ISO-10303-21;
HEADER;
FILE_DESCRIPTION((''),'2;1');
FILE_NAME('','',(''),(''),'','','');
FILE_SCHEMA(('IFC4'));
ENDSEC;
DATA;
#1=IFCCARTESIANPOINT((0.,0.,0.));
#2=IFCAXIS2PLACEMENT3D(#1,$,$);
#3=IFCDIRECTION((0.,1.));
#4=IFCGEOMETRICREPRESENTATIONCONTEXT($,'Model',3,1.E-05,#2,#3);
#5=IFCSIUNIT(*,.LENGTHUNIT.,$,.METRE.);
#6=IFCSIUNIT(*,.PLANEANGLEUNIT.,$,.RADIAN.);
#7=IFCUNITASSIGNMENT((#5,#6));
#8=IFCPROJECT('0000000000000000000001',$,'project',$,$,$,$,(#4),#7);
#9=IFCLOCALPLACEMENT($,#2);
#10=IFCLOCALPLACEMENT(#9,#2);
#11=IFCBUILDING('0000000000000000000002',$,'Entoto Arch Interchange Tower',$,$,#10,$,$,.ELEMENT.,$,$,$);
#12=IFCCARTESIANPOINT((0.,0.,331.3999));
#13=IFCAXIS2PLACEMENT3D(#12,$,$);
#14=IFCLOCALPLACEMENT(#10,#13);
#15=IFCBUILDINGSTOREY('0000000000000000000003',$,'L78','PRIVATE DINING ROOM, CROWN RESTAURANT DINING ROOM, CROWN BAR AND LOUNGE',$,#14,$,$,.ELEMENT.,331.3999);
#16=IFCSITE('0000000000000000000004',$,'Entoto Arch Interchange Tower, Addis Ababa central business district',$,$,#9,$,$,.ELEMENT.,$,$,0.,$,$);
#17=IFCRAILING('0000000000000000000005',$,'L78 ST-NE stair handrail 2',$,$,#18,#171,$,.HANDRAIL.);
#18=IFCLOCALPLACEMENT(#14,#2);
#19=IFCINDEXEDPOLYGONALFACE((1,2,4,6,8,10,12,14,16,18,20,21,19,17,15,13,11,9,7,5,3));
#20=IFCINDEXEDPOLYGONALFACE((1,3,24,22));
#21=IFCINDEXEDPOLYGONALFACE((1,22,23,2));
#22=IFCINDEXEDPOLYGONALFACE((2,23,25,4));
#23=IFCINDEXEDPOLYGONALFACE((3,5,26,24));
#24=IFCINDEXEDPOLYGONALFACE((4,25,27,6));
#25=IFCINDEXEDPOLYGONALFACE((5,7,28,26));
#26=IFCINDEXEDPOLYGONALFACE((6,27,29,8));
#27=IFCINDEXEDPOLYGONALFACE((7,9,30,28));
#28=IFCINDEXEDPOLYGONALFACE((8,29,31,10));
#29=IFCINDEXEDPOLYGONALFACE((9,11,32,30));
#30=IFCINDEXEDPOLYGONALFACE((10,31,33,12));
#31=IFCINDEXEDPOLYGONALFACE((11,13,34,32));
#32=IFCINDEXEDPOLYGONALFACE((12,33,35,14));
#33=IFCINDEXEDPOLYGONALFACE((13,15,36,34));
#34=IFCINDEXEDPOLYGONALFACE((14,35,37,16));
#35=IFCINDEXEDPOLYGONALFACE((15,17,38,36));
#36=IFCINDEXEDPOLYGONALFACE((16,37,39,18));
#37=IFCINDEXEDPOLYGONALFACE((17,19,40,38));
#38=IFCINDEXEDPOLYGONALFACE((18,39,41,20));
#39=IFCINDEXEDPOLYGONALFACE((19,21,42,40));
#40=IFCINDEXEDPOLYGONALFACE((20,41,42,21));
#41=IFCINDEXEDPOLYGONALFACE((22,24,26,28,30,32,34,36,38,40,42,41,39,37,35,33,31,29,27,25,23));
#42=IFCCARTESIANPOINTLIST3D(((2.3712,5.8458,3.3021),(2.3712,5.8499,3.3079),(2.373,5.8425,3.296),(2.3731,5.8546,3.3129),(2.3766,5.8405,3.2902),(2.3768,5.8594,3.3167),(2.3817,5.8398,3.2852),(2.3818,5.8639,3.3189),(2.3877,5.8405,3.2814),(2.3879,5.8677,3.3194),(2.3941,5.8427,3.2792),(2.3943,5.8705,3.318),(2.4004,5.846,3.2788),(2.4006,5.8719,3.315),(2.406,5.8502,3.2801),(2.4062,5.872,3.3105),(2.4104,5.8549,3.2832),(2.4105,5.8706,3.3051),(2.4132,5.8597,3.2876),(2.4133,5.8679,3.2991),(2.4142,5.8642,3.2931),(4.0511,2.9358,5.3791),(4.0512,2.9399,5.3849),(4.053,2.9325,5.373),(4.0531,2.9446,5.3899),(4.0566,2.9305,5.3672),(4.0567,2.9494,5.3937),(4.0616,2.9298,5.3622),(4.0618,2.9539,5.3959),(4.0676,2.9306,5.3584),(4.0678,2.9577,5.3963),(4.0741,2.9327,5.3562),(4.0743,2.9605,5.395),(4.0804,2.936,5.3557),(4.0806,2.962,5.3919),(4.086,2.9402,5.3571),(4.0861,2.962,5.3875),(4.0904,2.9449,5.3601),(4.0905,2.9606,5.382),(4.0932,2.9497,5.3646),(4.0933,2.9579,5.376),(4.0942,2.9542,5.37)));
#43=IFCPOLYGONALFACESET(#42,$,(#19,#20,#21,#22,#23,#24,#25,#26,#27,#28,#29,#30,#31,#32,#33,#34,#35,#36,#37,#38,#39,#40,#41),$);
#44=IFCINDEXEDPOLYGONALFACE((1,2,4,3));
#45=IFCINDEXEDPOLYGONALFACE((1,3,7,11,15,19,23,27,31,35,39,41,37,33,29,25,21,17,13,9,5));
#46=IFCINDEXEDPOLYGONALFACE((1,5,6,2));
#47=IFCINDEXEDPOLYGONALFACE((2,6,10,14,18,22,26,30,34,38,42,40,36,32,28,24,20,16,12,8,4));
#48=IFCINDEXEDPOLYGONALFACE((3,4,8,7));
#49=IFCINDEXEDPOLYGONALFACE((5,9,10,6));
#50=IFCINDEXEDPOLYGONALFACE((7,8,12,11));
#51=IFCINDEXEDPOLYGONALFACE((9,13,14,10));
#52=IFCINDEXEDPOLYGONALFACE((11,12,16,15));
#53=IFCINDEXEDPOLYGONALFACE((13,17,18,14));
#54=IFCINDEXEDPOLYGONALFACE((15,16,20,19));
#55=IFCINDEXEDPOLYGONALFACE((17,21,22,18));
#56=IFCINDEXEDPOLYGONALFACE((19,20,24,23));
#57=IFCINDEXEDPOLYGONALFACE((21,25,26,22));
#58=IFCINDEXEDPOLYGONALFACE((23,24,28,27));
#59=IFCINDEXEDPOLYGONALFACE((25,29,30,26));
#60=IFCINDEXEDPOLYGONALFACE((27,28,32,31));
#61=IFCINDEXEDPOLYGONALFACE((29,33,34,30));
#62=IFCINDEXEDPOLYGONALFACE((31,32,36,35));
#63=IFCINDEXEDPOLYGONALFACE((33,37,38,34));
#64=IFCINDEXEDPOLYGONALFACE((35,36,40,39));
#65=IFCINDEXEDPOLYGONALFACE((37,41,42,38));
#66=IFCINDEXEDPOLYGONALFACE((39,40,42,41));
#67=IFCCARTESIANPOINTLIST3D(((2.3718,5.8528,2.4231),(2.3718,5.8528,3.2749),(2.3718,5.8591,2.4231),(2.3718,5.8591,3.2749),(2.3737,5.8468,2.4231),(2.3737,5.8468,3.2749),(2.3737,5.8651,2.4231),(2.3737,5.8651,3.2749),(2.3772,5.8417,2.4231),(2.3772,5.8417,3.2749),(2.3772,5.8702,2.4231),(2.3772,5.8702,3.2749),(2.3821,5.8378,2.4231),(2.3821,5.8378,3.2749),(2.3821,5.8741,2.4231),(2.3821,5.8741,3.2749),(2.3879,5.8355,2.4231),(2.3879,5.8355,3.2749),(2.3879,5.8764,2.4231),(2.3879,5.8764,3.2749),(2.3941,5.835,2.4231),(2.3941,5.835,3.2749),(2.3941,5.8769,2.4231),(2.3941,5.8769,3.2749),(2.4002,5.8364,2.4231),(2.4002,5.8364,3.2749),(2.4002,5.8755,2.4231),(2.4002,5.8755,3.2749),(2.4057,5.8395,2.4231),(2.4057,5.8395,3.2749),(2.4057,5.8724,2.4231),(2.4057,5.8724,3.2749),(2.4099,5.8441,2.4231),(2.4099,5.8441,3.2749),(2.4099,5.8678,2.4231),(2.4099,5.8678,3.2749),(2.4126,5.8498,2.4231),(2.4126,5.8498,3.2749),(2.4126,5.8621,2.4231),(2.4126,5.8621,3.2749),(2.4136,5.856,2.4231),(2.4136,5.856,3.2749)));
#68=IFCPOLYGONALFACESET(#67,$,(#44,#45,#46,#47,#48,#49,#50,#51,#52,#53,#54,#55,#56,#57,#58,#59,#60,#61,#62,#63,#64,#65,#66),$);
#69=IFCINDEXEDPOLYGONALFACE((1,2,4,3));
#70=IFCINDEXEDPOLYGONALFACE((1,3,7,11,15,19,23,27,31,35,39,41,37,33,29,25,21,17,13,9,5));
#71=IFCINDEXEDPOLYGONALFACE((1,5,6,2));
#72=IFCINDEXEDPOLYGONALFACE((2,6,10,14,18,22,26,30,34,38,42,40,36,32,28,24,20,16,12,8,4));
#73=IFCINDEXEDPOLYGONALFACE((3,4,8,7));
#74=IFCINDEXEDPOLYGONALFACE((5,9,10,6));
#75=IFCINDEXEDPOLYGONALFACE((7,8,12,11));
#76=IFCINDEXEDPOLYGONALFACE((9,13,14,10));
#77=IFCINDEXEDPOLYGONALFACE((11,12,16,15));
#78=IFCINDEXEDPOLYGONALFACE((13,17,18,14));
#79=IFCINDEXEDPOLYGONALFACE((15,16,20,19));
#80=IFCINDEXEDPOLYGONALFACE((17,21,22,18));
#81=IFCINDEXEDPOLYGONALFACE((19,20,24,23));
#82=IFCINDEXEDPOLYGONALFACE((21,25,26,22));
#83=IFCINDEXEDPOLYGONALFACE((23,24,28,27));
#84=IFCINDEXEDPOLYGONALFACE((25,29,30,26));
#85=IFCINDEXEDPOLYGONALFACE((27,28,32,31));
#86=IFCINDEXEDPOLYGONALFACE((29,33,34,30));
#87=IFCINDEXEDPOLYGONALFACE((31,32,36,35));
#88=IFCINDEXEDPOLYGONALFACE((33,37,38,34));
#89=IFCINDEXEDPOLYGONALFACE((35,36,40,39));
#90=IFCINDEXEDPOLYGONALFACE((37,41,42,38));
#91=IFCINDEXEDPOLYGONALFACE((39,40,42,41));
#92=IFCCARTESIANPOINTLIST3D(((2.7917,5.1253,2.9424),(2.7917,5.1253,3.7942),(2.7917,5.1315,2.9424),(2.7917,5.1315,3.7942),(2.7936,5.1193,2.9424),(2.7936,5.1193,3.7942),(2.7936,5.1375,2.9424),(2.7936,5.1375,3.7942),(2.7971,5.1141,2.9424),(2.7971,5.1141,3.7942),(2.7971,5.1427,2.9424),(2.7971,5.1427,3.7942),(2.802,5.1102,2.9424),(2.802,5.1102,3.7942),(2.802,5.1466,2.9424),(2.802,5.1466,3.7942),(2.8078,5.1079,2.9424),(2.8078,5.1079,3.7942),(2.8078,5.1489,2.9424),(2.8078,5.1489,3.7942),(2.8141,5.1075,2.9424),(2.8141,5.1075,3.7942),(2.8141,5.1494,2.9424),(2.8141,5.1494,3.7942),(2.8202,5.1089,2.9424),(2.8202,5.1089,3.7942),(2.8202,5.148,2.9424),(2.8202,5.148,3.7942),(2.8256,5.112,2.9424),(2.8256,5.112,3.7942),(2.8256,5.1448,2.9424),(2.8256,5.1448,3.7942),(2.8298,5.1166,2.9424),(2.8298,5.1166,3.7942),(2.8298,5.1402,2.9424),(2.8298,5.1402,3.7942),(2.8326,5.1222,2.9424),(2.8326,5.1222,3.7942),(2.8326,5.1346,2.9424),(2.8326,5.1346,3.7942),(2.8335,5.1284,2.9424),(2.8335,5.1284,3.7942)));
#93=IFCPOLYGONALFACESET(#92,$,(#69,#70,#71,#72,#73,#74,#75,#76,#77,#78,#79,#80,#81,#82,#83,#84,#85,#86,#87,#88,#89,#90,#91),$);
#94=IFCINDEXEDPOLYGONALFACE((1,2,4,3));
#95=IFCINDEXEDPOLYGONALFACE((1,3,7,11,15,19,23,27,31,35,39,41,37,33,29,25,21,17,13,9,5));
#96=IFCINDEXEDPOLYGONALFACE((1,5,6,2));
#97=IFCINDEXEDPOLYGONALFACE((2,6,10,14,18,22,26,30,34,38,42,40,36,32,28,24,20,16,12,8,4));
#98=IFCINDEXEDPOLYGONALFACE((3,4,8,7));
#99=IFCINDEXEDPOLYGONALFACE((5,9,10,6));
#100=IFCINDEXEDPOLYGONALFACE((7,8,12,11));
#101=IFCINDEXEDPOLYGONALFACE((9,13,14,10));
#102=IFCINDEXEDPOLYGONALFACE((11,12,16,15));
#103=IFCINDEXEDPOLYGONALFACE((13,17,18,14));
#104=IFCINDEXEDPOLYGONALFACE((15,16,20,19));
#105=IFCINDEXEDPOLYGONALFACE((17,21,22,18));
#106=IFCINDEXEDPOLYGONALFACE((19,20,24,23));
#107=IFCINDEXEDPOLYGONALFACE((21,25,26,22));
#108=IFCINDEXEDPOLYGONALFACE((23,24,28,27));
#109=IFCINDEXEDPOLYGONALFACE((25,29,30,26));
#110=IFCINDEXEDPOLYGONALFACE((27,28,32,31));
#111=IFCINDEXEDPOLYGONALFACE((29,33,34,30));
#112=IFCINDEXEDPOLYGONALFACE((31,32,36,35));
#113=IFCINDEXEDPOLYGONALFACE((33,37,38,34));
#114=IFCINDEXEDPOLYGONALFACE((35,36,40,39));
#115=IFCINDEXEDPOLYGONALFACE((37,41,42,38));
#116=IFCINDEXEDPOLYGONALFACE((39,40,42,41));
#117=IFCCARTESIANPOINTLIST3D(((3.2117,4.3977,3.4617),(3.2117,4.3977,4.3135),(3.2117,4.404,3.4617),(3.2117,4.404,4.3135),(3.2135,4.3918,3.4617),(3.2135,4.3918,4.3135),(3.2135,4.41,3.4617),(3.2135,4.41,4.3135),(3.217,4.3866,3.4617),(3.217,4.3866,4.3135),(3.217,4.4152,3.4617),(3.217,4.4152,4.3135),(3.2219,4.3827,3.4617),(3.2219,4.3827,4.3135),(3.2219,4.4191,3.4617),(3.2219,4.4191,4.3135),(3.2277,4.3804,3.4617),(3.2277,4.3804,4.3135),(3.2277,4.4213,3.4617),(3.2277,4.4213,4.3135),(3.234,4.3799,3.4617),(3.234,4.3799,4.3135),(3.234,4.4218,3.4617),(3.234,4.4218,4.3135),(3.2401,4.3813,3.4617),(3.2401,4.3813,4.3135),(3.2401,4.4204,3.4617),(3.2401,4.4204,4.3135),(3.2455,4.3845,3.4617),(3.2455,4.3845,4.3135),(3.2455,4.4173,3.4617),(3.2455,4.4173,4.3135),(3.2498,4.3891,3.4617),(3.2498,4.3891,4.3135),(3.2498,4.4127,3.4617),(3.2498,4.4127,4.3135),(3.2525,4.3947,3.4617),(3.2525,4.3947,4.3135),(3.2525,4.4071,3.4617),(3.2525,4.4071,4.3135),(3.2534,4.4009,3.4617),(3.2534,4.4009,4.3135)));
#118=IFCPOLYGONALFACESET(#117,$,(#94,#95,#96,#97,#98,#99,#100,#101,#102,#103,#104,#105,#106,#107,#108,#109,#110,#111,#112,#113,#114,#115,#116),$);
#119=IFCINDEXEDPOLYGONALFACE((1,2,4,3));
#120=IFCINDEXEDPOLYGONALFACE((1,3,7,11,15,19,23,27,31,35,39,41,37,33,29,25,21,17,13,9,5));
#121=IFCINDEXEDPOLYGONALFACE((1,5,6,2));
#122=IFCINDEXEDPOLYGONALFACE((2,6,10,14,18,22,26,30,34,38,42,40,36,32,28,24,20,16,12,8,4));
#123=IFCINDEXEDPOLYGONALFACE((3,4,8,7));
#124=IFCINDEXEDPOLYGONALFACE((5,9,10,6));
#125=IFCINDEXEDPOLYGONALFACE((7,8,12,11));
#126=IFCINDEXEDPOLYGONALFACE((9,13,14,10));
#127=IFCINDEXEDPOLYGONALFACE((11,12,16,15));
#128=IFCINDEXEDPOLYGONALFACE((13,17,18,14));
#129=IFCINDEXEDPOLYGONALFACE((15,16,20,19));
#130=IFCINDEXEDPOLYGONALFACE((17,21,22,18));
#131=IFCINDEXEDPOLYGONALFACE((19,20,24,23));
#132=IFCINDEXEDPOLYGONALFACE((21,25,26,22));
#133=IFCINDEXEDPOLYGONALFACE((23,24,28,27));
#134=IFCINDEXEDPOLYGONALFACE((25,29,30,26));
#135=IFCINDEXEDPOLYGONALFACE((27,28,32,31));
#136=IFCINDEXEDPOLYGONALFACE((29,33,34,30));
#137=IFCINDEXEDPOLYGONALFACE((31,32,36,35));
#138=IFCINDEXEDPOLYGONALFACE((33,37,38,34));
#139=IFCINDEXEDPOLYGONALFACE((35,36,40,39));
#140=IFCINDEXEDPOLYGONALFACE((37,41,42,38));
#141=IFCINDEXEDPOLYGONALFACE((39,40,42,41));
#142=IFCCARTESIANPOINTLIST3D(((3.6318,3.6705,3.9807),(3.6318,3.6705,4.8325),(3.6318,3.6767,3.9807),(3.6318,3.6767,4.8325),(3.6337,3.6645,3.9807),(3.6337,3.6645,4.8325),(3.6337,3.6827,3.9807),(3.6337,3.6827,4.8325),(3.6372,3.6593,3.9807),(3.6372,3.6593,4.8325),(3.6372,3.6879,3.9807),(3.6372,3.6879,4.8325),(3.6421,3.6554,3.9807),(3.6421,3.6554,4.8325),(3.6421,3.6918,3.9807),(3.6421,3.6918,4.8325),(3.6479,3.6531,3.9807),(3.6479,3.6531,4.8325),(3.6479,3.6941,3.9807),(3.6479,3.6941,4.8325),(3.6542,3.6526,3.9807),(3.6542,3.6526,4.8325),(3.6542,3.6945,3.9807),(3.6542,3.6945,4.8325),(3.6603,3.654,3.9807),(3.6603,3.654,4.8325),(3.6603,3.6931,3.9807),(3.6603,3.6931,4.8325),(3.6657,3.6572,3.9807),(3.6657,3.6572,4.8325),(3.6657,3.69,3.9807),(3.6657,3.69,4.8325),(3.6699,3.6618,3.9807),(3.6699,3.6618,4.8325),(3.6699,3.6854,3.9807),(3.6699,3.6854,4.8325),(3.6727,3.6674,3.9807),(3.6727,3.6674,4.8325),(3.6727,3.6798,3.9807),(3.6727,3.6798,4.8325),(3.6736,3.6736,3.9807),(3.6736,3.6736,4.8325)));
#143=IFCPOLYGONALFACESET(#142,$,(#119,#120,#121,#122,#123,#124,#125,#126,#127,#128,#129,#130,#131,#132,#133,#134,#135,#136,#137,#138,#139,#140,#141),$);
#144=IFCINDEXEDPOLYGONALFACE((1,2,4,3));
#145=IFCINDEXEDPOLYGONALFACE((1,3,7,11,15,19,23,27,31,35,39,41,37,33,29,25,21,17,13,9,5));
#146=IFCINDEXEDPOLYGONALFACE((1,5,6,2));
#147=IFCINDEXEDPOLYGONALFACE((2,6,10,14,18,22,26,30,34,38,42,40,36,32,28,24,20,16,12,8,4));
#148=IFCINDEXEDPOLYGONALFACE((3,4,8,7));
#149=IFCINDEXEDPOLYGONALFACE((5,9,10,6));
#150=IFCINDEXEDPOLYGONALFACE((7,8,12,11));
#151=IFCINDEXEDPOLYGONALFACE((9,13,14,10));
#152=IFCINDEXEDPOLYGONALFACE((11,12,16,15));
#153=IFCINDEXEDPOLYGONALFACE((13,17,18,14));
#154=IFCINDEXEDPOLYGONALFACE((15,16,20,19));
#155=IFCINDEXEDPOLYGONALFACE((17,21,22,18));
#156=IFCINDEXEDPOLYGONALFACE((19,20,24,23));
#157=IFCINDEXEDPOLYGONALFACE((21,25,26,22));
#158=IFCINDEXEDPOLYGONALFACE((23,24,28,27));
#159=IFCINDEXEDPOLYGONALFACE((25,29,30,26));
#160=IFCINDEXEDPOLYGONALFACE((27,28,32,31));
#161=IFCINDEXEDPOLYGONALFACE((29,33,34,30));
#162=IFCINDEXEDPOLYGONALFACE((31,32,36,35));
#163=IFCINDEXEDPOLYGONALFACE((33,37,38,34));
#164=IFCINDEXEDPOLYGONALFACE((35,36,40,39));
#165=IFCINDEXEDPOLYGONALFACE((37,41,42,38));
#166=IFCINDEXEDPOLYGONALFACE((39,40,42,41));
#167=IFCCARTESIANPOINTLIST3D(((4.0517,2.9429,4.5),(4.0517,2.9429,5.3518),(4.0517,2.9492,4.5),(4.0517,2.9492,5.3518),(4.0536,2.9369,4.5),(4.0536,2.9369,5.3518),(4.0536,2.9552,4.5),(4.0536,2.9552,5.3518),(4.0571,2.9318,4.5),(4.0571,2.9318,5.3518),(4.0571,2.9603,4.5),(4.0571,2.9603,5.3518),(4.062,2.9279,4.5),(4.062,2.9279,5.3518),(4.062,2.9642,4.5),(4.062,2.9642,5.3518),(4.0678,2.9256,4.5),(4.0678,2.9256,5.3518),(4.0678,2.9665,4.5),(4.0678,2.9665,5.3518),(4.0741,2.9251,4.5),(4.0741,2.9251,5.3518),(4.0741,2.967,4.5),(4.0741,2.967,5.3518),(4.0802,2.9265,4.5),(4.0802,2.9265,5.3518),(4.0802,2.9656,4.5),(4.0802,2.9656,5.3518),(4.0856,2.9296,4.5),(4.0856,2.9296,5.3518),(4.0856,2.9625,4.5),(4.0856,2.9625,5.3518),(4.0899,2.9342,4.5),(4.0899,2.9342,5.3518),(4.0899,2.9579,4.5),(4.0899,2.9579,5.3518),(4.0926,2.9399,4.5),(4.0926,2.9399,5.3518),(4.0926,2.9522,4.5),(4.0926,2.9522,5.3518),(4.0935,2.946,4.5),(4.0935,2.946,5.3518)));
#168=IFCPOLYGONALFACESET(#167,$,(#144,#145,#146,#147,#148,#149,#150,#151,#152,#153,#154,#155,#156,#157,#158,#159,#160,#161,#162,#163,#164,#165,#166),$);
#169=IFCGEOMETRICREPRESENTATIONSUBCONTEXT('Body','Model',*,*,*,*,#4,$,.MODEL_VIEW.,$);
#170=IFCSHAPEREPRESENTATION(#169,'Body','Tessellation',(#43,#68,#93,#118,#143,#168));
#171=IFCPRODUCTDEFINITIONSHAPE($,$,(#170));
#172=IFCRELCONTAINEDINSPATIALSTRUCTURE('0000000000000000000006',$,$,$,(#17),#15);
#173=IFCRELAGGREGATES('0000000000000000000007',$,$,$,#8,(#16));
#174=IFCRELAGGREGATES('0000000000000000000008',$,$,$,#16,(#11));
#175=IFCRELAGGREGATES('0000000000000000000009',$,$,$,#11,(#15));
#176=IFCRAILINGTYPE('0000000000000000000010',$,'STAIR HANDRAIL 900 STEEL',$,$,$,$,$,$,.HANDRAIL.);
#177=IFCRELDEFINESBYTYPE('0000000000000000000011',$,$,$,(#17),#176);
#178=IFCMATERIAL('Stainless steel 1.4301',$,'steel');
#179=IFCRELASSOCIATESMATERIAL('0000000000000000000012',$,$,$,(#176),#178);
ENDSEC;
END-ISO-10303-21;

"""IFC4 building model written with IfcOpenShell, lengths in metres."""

from ifc_helpers import new_model, si_unit, direction, frame, origin, origin_2d, place, context, subcontext, project, spatial, circle, extrude, material, type_object, element, save


model = new_model("IFC4")

# Units and contexts
model_context = context("Model", 3, precision=1e-05, world=origin(), true_north=direction((0.0, 1.0)))
body_context = subcontext(model_context, "Body", "Model", "MODEL_VIEW")
ifc_project = project(units=[si_unit("LENGTHUNIT", "METRE"), si_unit("PLANEANGLEUNIT", "RADIAN")], contexts=[model_context])

# Site, building, storey
site_placement = place(None, origin())
site = spatial("IfcSite", under=ifc_project, at=site_placement, Name="Entoto Arch Interchange Tower, Addis Ababa central business district", CompositionType="ELEMENT", RefElevation=0.0)
building_placement = place(site_placement, origin())
building = spatial("IfcBuilding", under=site, at=building_placement, Name="Entoto Arch Interchange Tower", CompositionType="ELEMENT")
storey_placement = place(building_placement, frame((0.0, 0.0, 331.3999)))
storey = spatial("IfcBuildingStorey", under=building, at=storey_placement, Name="L78", Description="PRIVATE DINING ROOM, CROWN RESTAURANT DINING ROOM, CROWN BAR AND LOUNGE", CompositionType="ELEMENT", Elevation=331.3999)

# Railing
ifc_material_1 = material(Name="Stainless steel 1.4301", Category="steel")
railing_type_1 = type_object("IfcRailingType", Name="STAIR HANDRAIL 900 STEEL", PredefinedType="HANDRAIL", material=ifc_material_1)
railing_1_placement = place(storey_placement, frame((2.3926, 5.856, 2.4231)))
element("IfcRailing", 1, at=railing_1_placement, inside=storey, type_object=railing_type_1, Name="L78 ST-NE stair handrail 2", PredefinedType="HANDRAIL", context=body_context, shape_type="SweptSolid", body=[
    extrude(circle(Radius=0.0239, at=origin_2d()), frame((0.0, 0.0, 0.876), z_axis=(0.425288, -0.736668, 0.525785), x_axis=(0.866039, 0.499976, 0.0)), (0.0, 0.0, 1.0), 3.9502),
    extrude(circle(Radius=0.021, at=origin_2d()), origin(), (0.0, 0.0, 1.0), 0.8518),
    extrude(circle(Radius=0.021, at=origin_2d()), frame((0.4199, -0.7275, 0.5193)), (0.0, 0.0, 1.0), 0.8518),
    extrude(circle(Radius=0.021, at=origin_2d()), frame((0.8398, -1.4551, 1.0386)), (0.0, 0.0, 1.0), 0.8518),
    extrude(circle(Radius=0.021, at=origin_2d()), frame((1.26, -2.1824, 1.5576)), (0.0, 0.0, 1.0), 0.8518),
    extrude(circle(Radius=0.021, at=origin_2d()), frame((1.6799, -2.9099, 2.0769)), (0.0, 0.0, 1.0), 0.8518),
])

save(model, "model.ifc")
